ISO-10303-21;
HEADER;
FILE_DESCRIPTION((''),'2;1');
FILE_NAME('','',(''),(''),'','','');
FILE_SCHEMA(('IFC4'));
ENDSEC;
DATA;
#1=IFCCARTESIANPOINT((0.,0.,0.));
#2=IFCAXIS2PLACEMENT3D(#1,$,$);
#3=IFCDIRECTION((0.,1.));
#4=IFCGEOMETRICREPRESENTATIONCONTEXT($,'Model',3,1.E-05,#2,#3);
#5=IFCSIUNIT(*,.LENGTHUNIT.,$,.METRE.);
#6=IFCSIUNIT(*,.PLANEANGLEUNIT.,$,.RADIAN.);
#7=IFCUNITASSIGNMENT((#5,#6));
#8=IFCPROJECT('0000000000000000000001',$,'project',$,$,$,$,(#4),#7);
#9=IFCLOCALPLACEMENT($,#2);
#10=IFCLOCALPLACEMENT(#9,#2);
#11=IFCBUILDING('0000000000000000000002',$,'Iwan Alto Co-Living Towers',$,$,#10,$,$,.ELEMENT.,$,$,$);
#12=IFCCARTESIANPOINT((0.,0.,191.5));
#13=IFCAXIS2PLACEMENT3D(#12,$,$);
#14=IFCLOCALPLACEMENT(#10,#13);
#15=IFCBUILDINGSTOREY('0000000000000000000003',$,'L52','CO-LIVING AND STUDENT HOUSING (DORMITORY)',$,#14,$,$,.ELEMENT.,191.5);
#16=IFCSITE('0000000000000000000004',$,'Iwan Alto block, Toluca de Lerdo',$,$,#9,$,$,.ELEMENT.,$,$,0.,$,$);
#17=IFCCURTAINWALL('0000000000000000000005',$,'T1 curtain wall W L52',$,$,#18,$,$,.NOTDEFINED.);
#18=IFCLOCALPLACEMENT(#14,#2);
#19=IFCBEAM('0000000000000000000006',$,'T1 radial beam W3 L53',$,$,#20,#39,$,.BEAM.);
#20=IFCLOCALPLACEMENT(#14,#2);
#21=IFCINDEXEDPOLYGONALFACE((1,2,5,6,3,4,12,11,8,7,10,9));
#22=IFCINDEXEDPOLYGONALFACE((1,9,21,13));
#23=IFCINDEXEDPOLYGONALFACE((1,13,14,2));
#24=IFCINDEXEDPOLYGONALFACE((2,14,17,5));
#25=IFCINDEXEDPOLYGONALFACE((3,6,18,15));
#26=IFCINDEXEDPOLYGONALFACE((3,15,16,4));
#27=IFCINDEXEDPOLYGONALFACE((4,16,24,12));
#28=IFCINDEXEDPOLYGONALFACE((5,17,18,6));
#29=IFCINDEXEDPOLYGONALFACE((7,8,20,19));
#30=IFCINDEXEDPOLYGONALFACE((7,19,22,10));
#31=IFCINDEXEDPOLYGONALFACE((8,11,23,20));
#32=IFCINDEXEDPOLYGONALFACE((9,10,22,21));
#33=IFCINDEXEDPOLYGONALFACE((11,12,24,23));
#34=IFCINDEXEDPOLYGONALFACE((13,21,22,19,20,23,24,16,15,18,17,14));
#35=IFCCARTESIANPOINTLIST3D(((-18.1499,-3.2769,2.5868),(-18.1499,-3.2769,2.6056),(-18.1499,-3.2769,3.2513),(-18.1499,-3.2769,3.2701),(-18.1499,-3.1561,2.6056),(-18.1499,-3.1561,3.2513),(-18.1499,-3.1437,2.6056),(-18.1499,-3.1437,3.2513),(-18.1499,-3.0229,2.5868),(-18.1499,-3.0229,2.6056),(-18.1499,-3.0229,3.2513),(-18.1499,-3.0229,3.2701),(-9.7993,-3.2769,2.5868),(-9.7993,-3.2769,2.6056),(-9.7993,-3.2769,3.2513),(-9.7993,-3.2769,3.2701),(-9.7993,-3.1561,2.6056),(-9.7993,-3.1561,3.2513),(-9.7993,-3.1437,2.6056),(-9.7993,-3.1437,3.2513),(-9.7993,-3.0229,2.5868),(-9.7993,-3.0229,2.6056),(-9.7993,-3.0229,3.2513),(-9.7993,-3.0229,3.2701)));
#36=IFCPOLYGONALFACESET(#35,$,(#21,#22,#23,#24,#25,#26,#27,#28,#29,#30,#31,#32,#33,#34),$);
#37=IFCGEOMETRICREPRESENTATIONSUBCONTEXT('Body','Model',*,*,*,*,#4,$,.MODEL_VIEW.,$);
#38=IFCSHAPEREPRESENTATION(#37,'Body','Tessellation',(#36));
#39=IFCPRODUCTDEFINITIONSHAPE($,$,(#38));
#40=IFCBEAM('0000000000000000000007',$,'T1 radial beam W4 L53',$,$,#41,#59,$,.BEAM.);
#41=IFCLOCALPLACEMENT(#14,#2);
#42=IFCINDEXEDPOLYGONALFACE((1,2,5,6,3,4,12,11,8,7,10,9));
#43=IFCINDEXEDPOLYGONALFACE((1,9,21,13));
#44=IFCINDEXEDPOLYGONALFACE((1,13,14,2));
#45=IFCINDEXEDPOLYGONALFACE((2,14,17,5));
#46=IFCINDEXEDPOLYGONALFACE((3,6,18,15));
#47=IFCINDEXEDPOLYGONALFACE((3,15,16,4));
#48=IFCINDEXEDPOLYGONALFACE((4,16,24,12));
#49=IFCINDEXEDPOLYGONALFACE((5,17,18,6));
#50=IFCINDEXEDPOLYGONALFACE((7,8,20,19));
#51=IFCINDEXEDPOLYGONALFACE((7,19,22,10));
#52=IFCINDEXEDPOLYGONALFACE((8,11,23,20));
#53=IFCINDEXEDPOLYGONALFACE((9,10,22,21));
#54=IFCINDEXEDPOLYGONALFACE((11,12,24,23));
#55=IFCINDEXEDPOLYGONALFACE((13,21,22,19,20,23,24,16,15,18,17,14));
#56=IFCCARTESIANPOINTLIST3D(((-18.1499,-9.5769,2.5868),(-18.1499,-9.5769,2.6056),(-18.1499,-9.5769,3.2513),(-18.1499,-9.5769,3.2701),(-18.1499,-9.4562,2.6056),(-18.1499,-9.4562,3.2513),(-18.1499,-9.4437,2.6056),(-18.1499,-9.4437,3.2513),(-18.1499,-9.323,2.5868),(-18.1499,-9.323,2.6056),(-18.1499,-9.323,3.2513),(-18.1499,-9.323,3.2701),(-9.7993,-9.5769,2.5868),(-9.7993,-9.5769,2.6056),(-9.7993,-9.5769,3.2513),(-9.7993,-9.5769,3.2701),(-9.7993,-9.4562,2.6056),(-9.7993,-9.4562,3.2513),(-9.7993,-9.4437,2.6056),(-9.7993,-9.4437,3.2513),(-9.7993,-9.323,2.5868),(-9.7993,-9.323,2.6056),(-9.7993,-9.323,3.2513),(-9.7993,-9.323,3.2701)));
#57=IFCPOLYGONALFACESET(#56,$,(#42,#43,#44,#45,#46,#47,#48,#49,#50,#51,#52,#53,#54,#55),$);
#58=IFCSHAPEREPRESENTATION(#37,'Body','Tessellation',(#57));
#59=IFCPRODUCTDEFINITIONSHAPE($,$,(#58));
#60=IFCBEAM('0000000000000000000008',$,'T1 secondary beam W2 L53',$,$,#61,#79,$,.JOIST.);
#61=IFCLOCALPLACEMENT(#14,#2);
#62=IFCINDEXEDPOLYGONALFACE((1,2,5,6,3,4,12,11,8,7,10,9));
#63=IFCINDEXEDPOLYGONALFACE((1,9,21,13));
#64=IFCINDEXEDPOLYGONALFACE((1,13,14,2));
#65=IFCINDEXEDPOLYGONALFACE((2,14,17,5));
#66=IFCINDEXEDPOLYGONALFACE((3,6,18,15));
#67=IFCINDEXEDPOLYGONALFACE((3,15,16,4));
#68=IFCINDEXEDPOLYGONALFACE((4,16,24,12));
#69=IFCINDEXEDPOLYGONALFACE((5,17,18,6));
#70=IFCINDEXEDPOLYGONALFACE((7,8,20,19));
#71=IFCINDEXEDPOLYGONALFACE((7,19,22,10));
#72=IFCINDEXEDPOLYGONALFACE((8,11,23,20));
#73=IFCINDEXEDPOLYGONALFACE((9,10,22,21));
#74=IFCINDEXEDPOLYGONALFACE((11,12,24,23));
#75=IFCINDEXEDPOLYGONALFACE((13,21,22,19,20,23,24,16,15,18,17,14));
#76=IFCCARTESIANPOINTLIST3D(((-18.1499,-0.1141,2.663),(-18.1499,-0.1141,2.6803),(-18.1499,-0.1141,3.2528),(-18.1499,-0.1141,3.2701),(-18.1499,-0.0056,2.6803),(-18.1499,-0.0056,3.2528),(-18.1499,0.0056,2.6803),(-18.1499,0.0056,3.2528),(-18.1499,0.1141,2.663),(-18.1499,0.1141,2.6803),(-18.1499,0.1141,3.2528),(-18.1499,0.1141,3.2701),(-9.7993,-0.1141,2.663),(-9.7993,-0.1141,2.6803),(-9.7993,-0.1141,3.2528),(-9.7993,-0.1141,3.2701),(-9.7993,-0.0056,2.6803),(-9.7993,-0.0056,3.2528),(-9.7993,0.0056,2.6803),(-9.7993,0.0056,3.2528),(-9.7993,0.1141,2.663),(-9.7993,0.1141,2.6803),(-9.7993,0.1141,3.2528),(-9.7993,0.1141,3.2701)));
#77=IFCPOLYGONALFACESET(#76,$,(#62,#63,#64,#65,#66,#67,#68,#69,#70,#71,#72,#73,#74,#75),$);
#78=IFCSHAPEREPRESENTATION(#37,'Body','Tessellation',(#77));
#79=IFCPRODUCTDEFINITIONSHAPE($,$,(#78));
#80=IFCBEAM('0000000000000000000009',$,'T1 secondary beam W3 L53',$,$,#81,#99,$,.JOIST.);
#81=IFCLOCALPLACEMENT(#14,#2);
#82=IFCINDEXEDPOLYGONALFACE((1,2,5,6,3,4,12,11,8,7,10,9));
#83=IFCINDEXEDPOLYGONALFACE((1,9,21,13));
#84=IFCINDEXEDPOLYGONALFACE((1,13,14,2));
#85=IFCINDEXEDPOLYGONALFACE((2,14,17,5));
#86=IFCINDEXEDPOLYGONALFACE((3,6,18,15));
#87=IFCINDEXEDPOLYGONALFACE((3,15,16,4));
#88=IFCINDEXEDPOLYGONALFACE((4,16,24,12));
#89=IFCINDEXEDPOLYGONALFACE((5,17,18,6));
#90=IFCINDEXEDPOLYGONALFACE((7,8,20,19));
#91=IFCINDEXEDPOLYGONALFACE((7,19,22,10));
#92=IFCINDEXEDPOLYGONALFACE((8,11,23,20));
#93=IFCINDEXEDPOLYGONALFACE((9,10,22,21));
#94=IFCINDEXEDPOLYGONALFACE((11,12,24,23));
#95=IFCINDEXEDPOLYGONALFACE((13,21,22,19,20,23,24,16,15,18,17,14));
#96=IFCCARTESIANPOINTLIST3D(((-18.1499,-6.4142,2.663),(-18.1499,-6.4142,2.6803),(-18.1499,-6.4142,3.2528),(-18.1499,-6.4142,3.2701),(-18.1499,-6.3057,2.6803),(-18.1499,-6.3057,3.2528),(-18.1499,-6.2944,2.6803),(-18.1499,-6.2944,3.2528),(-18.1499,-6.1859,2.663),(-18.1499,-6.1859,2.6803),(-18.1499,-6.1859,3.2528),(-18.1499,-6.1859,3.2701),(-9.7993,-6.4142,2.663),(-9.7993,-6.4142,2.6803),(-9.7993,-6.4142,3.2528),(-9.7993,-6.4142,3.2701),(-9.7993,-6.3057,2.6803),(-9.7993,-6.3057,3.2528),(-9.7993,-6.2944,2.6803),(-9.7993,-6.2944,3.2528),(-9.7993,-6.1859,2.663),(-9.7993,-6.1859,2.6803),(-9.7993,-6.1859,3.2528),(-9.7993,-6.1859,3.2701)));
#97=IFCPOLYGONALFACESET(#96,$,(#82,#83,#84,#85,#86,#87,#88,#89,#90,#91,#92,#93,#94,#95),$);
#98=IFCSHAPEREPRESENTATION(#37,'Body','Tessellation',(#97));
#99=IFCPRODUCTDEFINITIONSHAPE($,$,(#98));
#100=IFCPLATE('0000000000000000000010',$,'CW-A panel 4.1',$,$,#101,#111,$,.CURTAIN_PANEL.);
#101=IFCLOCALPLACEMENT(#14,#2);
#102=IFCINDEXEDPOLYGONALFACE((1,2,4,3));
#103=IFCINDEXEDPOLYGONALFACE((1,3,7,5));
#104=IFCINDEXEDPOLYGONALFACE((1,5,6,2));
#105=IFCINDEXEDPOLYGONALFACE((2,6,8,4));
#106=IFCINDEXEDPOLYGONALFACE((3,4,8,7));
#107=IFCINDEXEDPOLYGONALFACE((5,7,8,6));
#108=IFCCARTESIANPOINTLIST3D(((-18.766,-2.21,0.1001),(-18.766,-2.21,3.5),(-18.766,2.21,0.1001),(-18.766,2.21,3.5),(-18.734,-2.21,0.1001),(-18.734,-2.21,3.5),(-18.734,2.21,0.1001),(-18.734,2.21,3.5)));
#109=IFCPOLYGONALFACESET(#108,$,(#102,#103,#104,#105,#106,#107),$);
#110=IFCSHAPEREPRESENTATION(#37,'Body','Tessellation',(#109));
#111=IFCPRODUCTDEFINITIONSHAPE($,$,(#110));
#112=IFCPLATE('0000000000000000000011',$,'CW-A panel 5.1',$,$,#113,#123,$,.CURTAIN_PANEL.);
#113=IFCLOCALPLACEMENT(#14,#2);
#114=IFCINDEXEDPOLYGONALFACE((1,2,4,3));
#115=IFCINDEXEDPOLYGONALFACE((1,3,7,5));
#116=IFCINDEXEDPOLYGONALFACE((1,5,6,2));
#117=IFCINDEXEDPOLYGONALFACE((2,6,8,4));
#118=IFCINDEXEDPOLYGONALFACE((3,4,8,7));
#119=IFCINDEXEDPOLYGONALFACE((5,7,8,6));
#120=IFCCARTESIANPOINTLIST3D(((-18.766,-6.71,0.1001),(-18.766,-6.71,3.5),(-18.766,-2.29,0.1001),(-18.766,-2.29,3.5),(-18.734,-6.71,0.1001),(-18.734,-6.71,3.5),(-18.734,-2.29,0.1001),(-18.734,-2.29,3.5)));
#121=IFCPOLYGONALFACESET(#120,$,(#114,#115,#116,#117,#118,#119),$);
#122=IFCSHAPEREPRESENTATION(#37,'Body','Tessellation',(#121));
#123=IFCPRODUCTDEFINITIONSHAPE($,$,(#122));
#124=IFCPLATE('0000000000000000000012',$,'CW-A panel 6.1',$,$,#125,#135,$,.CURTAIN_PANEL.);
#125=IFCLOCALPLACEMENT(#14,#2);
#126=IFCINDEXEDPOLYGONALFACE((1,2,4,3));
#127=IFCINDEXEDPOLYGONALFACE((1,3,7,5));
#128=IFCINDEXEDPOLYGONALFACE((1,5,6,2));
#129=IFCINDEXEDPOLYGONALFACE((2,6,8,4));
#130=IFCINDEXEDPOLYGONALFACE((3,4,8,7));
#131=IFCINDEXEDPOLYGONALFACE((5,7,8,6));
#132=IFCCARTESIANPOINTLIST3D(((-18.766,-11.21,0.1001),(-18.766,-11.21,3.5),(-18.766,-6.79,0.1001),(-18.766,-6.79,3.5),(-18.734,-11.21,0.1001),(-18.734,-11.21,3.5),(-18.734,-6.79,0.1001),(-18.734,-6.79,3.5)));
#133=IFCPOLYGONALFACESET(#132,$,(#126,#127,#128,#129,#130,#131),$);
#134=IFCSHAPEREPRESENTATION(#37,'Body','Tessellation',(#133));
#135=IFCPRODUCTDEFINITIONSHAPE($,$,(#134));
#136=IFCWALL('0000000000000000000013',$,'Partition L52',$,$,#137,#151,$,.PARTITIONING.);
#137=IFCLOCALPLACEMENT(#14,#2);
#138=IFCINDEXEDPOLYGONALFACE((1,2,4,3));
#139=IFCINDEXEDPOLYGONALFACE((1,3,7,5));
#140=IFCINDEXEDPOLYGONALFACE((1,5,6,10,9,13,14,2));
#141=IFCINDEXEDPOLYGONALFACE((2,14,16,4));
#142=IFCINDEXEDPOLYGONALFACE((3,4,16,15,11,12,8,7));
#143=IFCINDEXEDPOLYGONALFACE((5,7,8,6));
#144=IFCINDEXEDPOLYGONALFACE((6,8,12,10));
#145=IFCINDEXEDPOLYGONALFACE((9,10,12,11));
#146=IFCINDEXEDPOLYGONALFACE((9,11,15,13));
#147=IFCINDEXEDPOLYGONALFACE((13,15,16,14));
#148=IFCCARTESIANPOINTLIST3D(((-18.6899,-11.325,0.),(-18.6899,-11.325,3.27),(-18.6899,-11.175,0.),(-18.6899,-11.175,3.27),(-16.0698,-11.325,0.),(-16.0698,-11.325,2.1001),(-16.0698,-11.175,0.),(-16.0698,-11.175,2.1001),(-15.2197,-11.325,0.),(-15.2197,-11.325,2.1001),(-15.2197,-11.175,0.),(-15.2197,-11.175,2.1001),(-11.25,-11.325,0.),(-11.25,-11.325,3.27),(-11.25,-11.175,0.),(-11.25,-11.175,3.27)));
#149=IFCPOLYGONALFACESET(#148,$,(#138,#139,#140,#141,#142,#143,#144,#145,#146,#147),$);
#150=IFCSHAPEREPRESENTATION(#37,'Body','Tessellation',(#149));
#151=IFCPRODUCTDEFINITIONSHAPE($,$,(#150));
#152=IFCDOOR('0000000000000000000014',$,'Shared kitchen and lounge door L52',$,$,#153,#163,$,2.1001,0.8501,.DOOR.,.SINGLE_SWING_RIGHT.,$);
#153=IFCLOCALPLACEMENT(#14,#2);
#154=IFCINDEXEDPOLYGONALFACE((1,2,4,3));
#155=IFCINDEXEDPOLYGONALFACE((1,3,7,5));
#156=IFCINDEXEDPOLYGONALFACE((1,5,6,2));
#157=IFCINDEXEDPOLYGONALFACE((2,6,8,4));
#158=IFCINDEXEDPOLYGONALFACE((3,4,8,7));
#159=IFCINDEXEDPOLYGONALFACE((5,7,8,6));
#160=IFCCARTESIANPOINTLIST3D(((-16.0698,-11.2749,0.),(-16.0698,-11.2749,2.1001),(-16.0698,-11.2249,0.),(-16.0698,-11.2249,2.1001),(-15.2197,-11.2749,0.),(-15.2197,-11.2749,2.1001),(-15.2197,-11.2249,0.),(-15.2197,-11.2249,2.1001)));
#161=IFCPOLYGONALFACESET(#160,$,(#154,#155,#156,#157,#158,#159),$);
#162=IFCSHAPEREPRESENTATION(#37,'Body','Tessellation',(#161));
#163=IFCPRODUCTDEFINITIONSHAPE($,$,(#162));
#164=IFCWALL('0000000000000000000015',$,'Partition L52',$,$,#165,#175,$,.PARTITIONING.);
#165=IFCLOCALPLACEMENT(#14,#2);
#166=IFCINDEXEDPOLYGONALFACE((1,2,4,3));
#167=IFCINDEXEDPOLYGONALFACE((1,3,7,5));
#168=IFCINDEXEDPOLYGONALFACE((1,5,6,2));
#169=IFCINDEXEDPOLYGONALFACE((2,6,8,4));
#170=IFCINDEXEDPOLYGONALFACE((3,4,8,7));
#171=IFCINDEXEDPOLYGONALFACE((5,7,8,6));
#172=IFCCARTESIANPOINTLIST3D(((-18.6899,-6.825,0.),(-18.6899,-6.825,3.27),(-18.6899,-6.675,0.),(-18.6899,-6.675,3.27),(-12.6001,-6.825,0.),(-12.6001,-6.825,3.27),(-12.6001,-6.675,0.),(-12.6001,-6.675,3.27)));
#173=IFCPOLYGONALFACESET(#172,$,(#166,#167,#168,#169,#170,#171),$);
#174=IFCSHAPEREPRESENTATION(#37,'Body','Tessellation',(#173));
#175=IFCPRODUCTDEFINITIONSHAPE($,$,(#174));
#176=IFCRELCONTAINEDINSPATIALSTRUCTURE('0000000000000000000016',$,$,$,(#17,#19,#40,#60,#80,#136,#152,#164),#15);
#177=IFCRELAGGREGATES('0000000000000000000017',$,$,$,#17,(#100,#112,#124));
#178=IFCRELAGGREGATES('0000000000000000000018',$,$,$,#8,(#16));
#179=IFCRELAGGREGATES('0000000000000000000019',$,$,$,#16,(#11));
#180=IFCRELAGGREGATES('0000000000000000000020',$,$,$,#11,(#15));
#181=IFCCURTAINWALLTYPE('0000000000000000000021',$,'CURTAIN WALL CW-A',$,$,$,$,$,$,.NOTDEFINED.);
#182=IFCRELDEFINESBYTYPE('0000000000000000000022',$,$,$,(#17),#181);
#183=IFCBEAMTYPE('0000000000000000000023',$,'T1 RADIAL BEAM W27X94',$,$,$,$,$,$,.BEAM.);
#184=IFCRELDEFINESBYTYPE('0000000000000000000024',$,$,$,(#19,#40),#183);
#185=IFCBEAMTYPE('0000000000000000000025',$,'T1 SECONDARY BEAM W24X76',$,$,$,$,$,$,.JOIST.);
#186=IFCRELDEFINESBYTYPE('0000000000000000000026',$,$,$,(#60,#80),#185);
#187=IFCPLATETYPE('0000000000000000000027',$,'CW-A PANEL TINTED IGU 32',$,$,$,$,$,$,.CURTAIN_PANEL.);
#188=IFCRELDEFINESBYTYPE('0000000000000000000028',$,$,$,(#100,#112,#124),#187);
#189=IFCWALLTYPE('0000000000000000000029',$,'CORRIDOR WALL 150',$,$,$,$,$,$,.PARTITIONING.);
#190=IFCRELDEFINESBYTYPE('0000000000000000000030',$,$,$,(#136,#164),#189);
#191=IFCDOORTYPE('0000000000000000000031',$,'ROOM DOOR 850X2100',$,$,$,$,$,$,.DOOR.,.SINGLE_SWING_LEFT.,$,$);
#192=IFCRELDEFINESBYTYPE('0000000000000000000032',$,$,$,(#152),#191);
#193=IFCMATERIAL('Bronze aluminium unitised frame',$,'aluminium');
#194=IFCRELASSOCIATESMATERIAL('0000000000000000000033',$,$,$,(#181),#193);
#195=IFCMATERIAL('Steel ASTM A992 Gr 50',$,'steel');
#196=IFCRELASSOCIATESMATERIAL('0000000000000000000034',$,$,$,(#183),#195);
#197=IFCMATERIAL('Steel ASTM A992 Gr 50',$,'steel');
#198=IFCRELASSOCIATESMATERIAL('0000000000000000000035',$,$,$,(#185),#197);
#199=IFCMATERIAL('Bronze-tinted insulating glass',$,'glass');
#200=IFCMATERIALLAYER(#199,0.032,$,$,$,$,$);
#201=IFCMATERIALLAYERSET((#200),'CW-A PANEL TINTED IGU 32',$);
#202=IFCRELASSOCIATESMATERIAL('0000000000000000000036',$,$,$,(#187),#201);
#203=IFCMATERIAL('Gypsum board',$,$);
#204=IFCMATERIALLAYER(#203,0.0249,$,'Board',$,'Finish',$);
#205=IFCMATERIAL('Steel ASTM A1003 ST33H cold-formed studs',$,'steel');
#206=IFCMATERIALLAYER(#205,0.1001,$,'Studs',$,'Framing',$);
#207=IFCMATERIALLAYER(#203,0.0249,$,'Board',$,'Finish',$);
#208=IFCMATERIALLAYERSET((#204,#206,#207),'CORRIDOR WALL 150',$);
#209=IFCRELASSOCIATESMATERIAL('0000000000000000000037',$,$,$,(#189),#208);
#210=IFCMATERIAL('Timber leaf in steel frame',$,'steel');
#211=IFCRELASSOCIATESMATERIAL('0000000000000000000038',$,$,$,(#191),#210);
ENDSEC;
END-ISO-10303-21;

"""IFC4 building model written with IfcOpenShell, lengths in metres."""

from ifc_helpers import new_model, si_unit, direction, frame, frame_2d, origin, origin_2d, place, context, subcontext, project, spatial, rectangle, i_section, extrude, material, layer, layer_set, material_profile, profile_set, type_object, element, fill, aggregate, save


model = new_model("IFC4")

# Units and contexts
model_context = context("Model", 3, precision=1e-05, world=origin(), true_north=direction((0.0, 1.0)))
body_context = subcontext(model_context, "Body", "Model", "MODEL_VIEW")
ifc_project = project(units=[si_unit("LENGTHUNIT", "METRE"), si_unit("PLANEANGLEUNIT", "RADIAN")], contexts=[model_context])

# Site, building, storey
site_placement = place(None, origin())
site = spatial("IfcSite", under=ifc_project, at=site_placement, Name="Iwan Alto block, Toluca de Lerdo", CompositionType="ELEMENT", RefElevation=0.0)
building_placement = place(site_placement, origin())
building = spatial("IfcBuilding", under=site, at=building_placement, Name="Iwan Alto Co-Living Towers", CompositionType="ELEMENT")
storey_placement = place(building_placement, frame((0.0, 0.0, 191.5)))
storey = spatial("IfcBuildingStorey", under=building, at=storey_placement, Name="L52", Description="CO-LIVING AND STUDENT HOUSING (DORMITORY)", CompositionType="ELEMENT", Elevation=191.5)

# Curtain wall
ifc_material_1 = material(Name="Bronze aluminium unitised frame", Category="aluminium")
curtain_wall_type = type_object("IfcCurtainWallType", Name="CURTAIN WALL CW-A", PredefinedType="NOTDEFINED", material=ifc_material_1)
curtain_wall_placement = place(storey_placement, origin())
curtain_wall = element("IfcCurtainWall", 1, at=curtain_wall_placement, inside=storey, type_object=curtain_wall_type, Name="T1 curtain wall W L52", PredefinedType="NOTDEFINED")

# Beams
ifc_material_2 = material(Name="Steel ASTM A992 Gr 50", Category="steel")
ifc_material_profile_1 = material_profile(ifc_material_2, i_section(OverallWidth=0.2539, OverallDepth=0.6833, WebThickness=0.0125, FlangeThickness=0.0188, at=origin_2d()), Name="W27X94")
ifc_profile_set_1 = profile_set([ifc_material_profile_1], Name="Steel ASTM A992 Gr 50")
beam_type_1 = type_object("IfcBeamType", Name="T1 RADIAL BEAM W27X94", PredefinedType="BEAM", material=ifc_profile_set_1)
for number, where, z_axis, x_axis, name in (
    (2, (-18.1499, -3.1499, 2.9285), (1.0, 0.0, 0.0), (0.0, 1.0, 0.0), "T1 radial beam W3 L53"),
    (3, (-18.1499, -9.45, 2.9285), (1.0, 0.0, 0.0), (0.0, 1.0, 0.0), "T1 radial beam W4 L53"),
):
    element("IfcBeam", number, at=place(storey_placement, frame(where, z_axis=z_axis, x_axis=x_axis)), inside=storey, type_object=beam_type_1, Name=name, PredefinedType="BEAM", context=body_context, shape_type="SweptSolid", body=[
        extrude(i_section(OverallWidth=0.2539, OverallDepth=0.6833, WebThickness=0.0125, FlangeThickness=0.0188, at=origin_2d()), origin(), (0.0, 0.0, 1.0), 8.3506),
    ])
ifc_material_3 = material(Name="Steel ASTM A992 Gr 50", Category="steel")
ifc_material_profile_2 = material_profile(ifc_material_3, i_section(OverallWidth=0.2283, OverallDepth=0.6072, WebThickness=0.0112, FlangeThickness=0.0173, at=origin_2d()), Name="W24X76")
ifc_profile_set_2 = profile_set([ifc_material_profile_2], Name="Steel ASTM A992 Gr 50")
beam_type_2 = type_object("IfcBeamType", Name="T1 SECONDARY BEAM W24X76", PredefinedType="JOIST", material=ifc_profile_set_2)
for number, where, z_axis, x_axis, name in (
    (4, (-18.1499, 0.0, 2.9666), (1.0, 0.0, 0.0), (0.0, 1.0, 0.0), "T1 secondary beam W2 L53"),
    (5, (-18.1499, -6.3, 2.9666), (1.0, 0.0, 0.0), (0.0, 1.0, 0.0), "T1 secondary beam W3 L53"),
):
    element("IfcBeam", number, at=place(storey_placement, frame(where, z_axis=z_axis, x_axis=x_axis)), inside=storey, type_object=beam_type_2, Name=name, PredefinedType="JOIST", context=body_context, shape_type="SweptSolid", body=[
        extrude(i_section(OverallWidth=0.2283, OverallDepth=0.6072, WebThickness=0.0112, FlangeThickness=0.0173, at=origin_2d()), origin(), (0.0, 0.0, 1.0), 8.3506),
    ])

# Plates
ifc_material_4 = material(Name="Bronze-tinted insulating glass", Category="glass")
ifc_layer_1 = layer(ifc_material_4, 0.032)
ifc_layer_set_1 = layer_set([ifc_layer_1], Name="CW-A PANEL TINTED IGU 32")
plate_type = type_object("IfcPlateType", Name="CW-A PANEL TINTED IGU 32", PredefinedType="CURTAIN_PANEL", material=ifc_layer_set_1)
plate_1_placement = place(storey_placement, frame((-18.75, 0.0, 0.1001), z_axis=(0.0, 0.0, 1.0), x_axis=(0.0, -1.0, 0.0)))
plate_1 = element("IfcPlate", 6, at=plate_1_placement, type_object=plate_type, Name="CW-A panel 4.1", PredefinedType="CURTAIN_PANEL", context=body_context, shape_type="SweptSolid", body=[
    extrude(rectangle(XDim=4.4199, YDim=0.032, at=origin_2d()), origin(), (0.0, 0.0, 1.0), 3.3999),
])
plate_2_placement = place(storey_placement, frame((-18.75, -4.5, 0.1001), z_axis=(0.0, 0.0, 1.0), x_axis=(0.0, -1.0, 0.0)))
plate_2 = element("IfcPlate", 7, at=plate_2_placement, type_object=plate_type, Name="CW-A panel 5.1", PredefinedType="CURTAIN_PANEL", context=body_context, shape_type="SweptSolid", body=[
    extrude(rectangle(XDim=4.4199, YDim=0.032, at=origin_2d()), origin(), (0.0, 0.0, 1.0), 3.3999),
])
plate_3_placement = place(storey_placement, frame((-18.75, -9.0, 0.1001), z_axis=(0.0, 0.0, 1.0), x_axis=(0.0, -1.0, 0.0)))
plate_3 = element("IfcPlate", 8, at=plate_3_placement, type_object=plate_type, Name="CW-A panel 6.1", PredefinedType="CURTAIN_PANEL", context=body_context, shape_type="SweptSolid", body=[
    extrude(rectangle(XDim=4.4199, YDim=0.032, at=origin_2d()), origin(), (0.0, 0.0, 1.0), 3.3999),
])
aggregate(curtain_wall, [plate_1, plate_2, plate_3])

# Wall, opening, door
ifc_material_5 = material(Name="Gypsum board")
ifc_layer_2 = layer(ifc_material_5, 0.0249, Name="Board", Category="Finish")
ifc_material_6 = material(Name="Steel ASTM A1003 ST33H cold-formed studs", Category="steel")
ifc_layer_3 = layer(ifc_material_6, 0.1001, Name="Studs", Category="Framing")
ifc_layer_4 = layer(ifc_material_5, 0.0249, Name="Board", Category="Finish")
ifc_layer_set_2 = layer_set([ifc_layer_2, ifc_layer_3, ifc_layer_4], Name="CORRIDOR WALL 150")
wall_type = type_object("IfcWallType", Name="CORRIDOR WALL 150", PredefinedType="PARTITIONING", material=ifc_layer_set_2)
wall_1_placement = place(storey_placement, frame((-18.6899, -11.25, 0.0), z_axis=(0.0, 0.0, 1.0), x_axis=(1.0, 0.0, 0.0)))
wall_1 = element("IfcWall", 9, at=wall_1_placement, inside=storey, type_object=wall_type, Name="Partition L52", PredefinedType="PARTITIONING", context=body_context, shape_type="SweptSolid", body=[
    extrude(rectangle(XDim=7.4399, YDim=0.1499, at=frame_2d((3.72, 0.0))), origin(), (0.0, 0.0, 1.0), 3.27),
])
opening_placement = place(wall_1_placement, frame((2.6201, 0.0, 0.0)))
opening = element("IfcOpeningElement", 10, at=opening_placement, cuts=wall_1, PredefinedType="OPENING", context=body_context, shape_type="SweptSolid", body=[
    extrude(rectangle(XDim=0.8501, YDim=2.1001, at=frame_2d((0.425, 1.05))), frame((0.0, 0.085, 0.0), z_axis=(0.0, -1.0, 0.0), x_axis=(1.0, 0.0, 0.0)), (0.0, 0.0, 1.0), 0.1699),
])
ifc_material_7 = material(Name="Timber leaf in steel frame", Category="steel")
door_type = type_object("IfcDoorType", Name="ROOM DOOR 850X2100", OperationType="SINGLE_SWING_LEFT", PredefinedType="DOOR", material=ifc_material_7)
door_placement = place(opening_placement, frame((0.8501, 0.0, 0.0), z_axis=(0.0, 0.0, 1.0), x_axis=(-1.0, 0.0, 0.0)))
door = element("IfcDoor", 11, at=door_placement, inside=storey, type_object=door_type, Name="Shared kitchen and lounge door L52", OperationType="SINGLE_SWING_RIGHT", OverallHeight=2.1001, OverallWidth=0.8501, PredefinedType="DOOR", context=body_context, shape_type="SweptSolid", body=[
    extrude(rectangle(XDim=0.8501, YDim=2.1001, at=frame_2d((0.425, 1.05))), frame((0.0, 0.0249, 0.0), z_axis=(0.0, -1.0, 0.0), x_axis=(1.0, 0.0, 0.0)), (0.0, 0.0, 1.0), 0.05),
])
fill(opening, door)

# Wall
wall_2_placement = place(storey_placement, frame((-18.6899, -6.75, 0.0), z_axis=(0.0, 0.0, 1.0), x_axis=(1.0, 0.0, 0.0)))
element("IfcWall", 12, at=wall_2_placement, inside=storey, type_object=wall_type, Name="Partition L52", PredefinedType="PARTITIONING", context=body_context, shape_type="SweptSolid", body=[
    extrude(rectangle(XDim=6.0898, YDim=0.1499, at=frame_2d((3.0449, 0.0))), origin(), (0.0, 0.0, 1.0), 3.27),
])

save(model, "model.ifc")
